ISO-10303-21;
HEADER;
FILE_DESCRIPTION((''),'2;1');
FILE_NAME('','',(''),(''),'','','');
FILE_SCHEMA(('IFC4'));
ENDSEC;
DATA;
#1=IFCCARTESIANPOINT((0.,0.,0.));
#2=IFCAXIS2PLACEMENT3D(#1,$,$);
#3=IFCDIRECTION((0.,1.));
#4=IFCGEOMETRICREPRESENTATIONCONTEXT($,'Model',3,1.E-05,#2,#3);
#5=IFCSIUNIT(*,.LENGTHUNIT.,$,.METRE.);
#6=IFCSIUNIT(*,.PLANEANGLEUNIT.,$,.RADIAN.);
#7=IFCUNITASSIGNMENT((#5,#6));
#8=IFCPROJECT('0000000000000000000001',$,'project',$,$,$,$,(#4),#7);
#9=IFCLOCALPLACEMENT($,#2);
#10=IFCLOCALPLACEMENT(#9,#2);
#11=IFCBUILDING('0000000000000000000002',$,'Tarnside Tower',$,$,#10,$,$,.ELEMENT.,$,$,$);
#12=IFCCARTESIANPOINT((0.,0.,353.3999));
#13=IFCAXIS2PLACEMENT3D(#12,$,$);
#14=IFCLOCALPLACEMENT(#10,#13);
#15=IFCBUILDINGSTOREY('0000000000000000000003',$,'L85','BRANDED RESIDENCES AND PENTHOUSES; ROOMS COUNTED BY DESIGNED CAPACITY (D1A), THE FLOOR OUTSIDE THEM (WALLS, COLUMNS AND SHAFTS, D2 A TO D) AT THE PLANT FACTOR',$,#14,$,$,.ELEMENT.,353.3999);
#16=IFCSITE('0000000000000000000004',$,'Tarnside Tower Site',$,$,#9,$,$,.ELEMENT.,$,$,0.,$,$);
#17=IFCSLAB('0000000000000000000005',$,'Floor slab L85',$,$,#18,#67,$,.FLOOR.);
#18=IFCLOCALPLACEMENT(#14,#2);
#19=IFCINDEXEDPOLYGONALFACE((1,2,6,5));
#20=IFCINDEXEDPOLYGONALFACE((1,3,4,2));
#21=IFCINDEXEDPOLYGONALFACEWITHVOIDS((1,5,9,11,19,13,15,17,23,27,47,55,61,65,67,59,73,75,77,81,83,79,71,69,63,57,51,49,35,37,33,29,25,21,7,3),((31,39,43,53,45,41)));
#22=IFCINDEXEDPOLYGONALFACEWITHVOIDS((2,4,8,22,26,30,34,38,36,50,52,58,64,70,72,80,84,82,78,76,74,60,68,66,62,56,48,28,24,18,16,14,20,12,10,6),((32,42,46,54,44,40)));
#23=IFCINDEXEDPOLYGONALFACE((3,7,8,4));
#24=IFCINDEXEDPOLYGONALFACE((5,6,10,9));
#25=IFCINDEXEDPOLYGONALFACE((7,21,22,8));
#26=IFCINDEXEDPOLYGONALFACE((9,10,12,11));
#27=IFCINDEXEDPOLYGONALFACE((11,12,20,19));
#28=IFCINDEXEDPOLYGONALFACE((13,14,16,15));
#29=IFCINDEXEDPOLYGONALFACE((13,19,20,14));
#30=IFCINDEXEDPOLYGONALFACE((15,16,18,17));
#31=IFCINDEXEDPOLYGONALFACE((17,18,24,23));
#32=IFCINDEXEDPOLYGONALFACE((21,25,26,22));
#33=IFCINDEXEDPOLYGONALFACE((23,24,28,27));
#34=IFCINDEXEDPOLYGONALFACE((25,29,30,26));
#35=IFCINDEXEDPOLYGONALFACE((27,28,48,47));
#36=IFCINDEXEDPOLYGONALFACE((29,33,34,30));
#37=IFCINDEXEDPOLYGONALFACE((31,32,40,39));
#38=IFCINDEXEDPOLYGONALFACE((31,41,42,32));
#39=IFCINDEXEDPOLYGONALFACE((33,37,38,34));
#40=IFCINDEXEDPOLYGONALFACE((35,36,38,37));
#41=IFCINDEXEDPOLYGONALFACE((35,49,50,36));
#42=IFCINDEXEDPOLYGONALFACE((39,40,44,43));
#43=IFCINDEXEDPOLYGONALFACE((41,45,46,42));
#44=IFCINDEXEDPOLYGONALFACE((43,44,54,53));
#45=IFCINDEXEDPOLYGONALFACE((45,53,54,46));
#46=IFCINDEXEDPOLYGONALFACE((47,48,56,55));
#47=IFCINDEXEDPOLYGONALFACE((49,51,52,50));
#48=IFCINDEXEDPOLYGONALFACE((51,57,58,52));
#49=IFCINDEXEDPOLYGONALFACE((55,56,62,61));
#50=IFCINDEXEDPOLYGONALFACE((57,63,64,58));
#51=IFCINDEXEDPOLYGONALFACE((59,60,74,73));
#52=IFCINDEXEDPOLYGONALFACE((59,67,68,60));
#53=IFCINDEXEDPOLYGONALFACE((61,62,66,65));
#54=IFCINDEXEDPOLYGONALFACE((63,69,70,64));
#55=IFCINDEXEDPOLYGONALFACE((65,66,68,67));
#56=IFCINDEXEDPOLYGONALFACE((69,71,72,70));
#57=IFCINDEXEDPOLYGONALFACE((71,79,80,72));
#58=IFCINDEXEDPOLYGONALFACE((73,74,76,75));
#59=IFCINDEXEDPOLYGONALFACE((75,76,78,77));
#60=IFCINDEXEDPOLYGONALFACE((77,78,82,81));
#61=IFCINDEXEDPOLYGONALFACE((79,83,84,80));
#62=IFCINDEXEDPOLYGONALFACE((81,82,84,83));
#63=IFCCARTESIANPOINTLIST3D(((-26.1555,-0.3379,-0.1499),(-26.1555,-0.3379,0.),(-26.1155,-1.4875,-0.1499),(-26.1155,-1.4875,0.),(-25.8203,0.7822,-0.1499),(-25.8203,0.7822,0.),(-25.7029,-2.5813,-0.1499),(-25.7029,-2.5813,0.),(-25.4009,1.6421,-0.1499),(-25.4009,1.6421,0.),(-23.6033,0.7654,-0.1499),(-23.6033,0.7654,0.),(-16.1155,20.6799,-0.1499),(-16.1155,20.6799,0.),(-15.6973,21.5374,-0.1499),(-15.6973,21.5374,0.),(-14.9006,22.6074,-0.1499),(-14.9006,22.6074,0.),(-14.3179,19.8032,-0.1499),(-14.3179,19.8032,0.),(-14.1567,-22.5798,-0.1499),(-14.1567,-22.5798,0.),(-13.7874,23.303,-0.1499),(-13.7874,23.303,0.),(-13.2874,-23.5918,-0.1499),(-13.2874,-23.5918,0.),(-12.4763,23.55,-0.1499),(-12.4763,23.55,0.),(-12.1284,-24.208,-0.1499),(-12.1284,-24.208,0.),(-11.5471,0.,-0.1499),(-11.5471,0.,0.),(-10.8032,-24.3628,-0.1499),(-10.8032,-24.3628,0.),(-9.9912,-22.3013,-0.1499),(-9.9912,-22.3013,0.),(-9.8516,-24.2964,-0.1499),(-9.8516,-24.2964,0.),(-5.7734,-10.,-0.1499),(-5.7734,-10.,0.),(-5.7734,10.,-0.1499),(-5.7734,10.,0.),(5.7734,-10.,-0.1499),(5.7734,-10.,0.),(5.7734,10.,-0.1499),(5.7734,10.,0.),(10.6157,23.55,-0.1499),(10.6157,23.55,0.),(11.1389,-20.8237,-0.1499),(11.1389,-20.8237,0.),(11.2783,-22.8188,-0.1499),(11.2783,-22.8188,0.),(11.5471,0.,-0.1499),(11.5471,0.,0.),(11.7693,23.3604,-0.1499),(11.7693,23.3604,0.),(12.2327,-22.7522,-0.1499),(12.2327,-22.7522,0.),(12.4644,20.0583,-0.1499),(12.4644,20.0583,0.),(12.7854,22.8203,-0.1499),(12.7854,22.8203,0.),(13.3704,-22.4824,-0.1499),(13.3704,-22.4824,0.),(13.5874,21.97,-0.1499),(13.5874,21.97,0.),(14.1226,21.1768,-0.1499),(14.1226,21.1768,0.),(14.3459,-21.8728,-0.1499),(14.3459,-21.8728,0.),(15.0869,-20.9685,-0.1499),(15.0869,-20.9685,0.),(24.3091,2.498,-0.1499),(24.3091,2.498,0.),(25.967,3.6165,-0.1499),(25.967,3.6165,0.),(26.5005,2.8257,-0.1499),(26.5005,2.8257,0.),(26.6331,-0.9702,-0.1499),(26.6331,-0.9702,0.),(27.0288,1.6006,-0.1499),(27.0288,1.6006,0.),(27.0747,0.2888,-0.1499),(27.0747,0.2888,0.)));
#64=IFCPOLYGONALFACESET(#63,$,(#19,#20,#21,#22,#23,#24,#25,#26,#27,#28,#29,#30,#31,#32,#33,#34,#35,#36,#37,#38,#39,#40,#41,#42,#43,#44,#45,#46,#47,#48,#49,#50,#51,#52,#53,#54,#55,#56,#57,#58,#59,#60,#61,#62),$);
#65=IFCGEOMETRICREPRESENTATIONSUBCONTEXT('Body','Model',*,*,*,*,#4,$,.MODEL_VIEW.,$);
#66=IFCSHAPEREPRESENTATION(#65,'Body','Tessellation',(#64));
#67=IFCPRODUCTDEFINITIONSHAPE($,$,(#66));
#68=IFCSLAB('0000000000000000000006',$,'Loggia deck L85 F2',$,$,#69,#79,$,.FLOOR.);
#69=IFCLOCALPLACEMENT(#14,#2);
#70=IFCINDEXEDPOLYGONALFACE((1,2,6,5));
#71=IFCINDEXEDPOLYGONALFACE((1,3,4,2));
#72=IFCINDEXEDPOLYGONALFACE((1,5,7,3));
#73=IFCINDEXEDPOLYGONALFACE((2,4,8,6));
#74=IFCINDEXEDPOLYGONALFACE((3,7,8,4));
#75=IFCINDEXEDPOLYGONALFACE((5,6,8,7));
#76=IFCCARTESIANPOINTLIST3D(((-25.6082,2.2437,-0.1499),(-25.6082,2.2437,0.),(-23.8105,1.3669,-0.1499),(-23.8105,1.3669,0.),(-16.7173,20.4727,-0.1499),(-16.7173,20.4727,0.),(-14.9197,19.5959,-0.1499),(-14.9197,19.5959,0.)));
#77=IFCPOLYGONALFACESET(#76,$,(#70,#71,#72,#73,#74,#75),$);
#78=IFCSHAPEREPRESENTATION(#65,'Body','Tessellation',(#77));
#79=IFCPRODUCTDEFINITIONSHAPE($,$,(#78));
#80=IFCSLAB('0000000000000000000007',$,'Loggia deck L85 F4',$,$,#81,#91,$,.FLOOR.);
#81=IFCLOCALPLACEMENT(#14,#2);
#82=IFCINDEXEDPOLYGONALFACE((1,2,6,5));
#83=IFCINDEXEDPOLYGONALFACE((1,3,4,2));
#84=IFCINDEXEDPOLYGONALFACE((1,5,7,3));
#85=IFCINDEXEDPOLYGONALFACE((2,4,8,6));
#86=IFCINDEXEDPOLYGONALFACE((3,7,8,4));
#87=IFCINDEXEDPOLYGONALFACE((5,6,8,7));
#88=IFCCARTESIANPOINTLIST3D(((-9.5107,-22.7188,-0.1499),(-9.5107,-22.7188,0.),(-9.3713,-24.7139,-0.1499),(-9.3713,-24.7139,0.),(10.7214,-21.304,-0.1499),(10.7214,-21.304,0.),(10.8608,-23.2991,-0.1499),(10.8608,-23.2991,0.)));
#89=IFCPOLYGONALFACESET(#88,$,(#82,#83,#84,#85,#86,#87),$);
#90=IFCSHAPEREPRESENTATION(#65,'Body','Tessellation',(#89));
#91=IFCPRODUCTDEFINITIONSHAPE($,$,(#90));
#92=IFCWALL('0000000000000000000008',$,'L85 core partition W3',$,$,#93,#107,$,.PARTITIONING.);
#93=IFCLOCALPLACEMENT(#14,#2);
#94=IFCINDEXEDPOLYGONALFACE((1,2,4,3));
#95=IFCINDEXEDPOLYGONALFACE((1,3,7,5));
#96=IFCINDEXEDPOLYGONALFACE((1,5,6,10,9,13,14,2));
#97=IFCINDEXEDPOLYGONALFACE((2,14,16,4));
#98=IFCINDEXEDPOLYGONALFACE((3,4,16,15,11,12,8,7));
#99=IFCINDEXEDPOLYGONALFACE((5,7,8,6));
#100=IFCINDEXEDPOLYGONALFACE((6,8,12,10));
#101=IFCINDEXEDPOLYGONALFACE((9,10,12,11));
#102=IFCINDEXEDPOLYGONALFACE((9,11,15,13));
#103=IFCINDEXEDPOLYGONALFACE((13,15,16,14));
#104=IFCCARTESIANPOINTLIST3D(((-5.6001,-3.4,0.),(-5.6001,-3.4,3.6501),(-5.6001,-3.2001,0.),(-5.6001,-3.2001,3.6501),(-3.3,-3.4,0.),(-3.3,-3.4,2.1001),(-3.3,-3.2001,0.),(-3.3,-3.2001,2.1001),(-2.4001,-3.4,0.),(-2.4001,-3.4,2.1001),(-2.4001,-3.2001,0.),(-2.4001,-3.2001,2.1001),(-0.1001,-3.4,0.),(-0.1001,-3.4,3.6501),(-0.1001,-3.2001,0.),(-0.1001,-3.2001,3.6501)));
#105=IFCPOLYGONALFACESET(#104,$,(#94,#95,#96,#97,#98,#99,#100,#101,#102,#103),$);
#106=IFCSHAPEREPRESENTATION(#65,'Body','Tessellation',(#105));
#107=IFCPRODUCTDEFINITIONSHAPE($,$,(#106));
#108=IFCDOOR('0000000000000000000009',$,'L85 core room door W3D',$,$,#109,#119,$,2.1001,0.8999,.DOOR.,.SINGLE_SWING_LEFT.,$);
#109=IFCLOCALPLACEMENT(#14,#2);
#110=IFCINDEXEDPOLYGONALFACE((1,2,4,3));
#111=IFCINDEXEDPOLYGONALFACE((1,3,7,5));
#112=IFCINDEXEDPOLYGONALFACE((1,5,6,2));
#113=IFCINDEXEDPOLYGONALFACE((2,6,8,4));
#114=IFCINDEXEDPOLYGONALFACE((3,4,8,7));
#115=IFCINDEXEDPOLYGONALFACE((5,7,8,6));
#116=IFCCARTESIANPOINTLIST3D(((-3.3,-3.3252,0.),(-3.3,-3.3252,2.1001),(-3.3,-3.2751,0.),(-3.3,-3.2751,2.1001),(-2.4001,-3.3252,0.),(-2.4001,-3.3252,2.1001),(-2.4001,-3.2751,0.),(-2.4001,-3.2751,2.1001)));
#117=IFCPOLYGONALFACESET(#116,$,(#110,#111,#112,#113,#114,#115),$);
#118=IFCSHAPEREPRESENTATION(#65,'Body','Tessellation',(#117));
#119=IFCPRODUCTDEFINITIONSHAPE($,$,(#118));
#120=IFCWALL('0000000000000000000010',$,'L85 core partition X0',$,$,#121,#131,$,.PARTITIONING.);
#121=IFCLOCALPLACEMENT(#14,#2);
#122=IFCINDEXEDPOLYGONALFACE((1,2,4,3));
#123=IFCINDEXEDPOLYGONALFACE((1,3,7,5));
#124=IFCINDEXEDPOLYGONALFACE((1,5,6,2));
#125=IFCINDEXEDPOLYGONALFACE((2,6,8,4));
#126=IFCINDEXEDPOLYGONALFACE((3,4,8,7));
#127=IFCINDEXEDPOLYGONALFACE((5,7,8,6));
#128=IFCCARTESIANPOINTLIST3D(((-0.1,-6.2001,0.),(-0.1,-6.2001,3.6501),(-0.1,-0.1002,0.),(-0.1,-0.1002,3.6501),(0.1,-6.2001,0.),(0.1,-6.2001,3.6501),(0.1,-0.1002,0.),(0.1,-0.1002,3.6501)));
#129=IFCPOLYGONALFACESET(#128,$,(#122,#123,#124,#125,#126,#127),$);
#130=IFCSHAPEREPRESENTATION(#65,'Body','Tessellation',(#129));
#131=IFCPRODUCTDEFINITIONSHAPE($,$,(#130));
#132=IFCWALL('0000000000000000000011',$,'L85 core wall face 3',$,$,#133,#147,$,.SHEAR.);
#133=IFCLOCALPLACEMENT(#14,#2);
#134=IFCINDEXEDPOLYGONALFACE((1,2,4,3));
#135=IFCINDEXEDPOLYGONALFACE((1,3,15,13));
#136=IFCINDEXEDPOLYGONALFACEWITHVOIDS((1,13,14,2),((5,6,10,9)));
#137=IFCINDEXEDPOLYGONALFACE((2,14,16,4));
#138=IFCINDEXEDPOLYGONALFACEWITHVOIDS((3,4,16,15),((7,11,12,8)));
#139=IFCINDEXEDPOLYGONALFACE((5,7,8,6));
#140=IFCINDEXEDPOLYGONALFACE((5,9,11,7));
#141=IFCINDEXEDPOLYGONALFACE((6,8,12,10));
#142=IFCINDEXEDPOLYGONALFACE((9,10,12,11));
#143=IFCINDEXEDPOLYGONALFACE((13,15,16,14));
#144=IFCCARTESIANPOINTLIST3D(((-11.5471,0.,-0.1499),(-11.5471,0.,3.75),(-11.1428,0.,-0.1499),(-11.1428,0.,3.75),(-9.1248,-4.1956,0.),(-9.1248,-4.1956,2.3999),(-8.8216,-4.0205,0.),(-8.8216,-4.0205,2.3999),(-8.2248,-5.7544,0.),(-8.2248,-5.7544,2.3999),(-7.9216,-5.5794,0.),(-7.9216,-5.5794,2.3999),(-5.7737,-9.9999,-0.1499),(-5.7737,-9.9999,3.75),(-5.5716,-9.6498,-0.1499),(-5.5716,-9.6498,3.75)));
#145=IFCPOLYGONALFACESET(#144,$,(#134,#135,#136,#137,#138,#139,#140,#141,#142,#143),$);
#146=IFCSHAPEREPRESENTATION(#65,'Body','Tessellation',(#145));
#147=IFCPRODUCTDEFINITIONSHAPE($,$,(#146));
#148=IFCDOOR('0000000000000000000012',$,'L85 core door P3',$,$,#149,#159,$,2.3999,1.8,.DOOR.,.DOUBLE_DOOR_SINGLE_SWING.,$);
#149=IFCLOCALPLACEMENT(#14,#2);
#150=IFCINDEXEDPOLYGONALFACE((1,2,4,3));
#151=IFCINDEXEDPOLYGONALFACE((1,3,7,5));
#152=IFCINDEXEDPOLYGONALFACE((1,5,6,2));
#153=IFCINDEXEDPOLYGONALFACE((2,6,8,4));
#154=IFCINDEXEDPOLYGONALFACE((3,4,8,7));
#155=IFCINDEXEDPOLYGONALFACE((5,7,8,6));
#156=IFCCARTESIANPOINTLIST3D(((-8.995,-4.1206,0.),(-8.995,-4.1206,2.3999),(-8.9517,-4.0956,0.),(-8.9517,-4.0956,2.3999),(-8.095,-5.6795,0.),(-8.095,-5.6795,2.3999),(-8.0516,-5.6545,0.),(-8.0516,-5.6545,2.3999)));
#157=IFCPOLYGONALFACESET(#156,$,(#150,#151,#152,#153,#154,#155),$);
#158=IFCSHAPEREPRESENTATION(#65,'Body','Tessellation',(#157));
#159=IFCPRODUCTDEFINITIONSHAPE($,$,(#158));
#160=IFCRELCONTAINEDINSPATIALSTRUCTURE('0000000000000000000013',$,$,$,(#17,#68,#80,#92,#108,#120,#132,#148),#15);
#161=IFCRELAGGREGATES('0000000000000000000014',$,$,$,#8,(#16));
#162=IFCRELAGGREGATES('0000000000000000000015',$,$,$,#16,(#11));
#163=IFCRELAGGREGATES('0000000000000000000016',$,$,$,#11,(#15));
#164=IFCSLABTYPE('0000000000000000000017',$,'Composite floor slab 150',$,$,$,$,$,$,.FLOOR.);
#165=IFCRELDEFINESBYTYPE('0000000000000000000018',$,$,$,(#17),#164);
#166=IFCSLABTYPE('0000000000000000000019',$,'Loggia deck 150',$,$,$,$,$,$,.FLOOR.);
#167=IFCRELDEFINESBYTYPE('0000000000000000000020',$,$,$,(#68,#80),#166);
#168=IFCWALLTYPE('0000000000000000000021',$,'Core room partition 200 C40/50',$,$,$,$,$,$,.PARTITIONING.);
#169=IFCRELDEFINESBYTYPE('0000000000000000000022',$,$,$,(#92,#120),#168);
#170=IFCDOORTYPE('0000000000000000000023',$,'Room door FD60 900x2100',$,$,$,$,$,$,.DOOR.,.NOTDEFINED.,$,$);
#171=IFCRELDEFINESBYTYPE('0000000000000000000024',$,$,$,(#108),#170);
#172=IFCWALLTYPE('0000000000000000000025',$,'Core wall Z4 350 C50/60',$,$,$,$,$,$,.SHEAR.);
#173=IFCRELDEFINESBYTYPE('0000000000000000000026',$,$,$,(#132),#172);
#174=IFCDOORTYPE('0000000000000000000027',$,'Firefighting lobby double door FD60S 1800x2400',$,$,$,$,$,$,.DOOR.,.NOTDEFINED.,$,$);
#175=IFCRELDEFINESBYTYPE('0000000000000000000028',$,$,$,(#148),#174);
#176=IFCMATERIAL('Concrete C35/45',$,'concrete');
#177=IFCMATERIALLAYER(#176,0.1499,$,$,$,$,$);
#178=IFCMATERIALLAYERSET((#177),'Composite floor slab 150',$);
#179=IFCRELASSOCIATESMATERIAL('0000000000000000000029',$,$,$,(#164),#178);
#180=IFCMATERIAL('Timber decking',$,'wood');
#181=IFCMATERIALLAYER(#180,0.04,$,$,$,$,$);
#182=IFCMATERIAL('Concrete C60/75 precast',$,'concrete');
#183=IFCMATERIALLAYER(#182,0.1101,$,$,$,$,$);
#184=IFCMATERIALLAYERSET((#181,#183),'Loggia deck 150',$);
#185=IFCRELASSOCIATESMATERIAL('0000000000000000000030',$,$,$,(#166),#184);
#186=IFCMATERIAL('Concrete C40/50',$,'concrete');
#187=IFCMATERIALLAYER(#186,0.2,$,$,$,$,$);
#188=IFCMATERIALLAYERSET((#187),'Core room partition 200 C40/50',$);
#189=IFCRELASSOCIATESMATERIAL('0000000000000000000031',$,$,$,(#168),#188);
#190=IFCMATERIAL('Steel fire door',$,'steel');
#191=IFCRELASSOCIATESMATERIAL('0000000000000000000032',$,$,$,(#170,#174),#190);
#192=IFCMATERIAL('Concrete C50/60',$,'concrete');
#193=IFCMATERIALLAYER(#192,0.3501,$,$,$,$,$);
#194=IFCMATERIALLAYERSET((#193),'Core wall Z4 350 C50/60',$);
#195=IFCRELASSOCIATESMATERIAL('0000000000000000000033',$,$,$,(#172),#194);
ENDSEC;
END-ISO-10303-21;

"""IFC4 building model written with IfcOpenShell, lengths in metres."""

from ifc_helpers import new_model, si_unit, direction, frame, frame_2d, origin, place, context, subcontext, project, spatial, polyline, rectangle, outline, extrude, material, layer, layer_set, type_object, element, fill, save


model = new_model("IFC4")

# Units and contexts
model_context = context("Model", 3, precision=1e-05, world=origin(), true_north=direction((0.0, 1.0)))
body_context = subcontext(model_context, "Body", "Model", "MODEL_VIEW")
ifc_project = project(units=[si_unit("LENGTHUNIT", "METRE"), si_unit("PLANEANGLEUNIT", "RADIAN")], contexts=[model_context])

# Site, building, storey
site_placement = place(None, origin())
site = spatial("IfcSite", under=ifc_project, at=site_placement, Name="Tarnside Tower Site", CompositionType="ELEMENT", RefElevation=0.0)
building_placement = place(site_placement, origin())
building = spatial("IfcBuilding", under=site, at=building_placement, Name="Tarnside Tower", CompositionType="ELEMENT")
storey_placement = place(building_placement, frame((0.0, 0.0, 353.3999)))
storey = spatial("IfcBuildingStorey", under=building, at=storey_placement, Name="L85", Description="BRANDED RESIDENCES AND PENTHOUSES; ROOMS COUNTED BY DESIGNED CAPACITY (D1A), THE FLOOR OUTSIDE THEM (WALLS, COLUMNS AND SHAFTS, D2 A TO D) AT THE PLANT FACTOR", CompositionType="ELEMENT", Elevation=353.3999)

# Slabs
ifc_material_1 = material(Name="Concrete C35/45", Category="concrete")
ifc_layer_1 = layer(ifc_material_1, 0.1499)
ifc_layer_set_1 = layer_set([ifc_layer_1], Name="Composite floor slab 150")
slab_type_1 = type_object("IfcSlabType", Name="Composite floor slab 150", PredefinedType="FLOOR", material=ifc_layer_set_1)
slab_1_placement = place(storey_placement, frame((0.0, 0.0, -0.1499)))
element("IfcSlab", 1, at=slab_1_placement, inside=storey, type_object=slab_type_1, Name="Floor slab L85", PredefinedType="FLOOR", context=body_context, shape_type="SweptSolid", body=[
    extrude(outline(polyline([(11.7693, 23.3604), (12.7854, 22.8203), (13.5874, 21.97), (14.1226, 21.1768), (12.4644, 20.0583), (24.3091, 2.498), (25.967, 3.6165), (26.5005, 2.8257), (27.0288, 1.6006), (27.0747, 0.2888), (26.6331, -0.9702), (15.0869, -20.9685), (14.3459, -21.8728), (13.3704, -22.4824), (12.2327, -22.7522), (11.2783, -22.8188), (11.1389, -20.8237), (-9.9912, -22.3013), (-9.8516, -24.2964), (-10.8032, -24.3628), (-12.1284, -24.208), (-13.2874, -23.5918), (-14.1567, -22.5798), (-25.7029, -2.5813), (-26.1155, -1.4875), (-26.1555, -0.3379), (-25.8203, 0.7822), (-25.4009, 1.6421), (-23.6033, 0.7654), (-14.3179, 19.8032), (-16.1155, 20.6799), (-15.6973, 21.5374), (-14.9006, 22.6074), (-13.7874, 23.303), (-12.4763, 23.55), (10.6157, 23.55), (11.7693, 23.3604)]), holes=[polyline([(-11.5471, 0.0), (-5.7734, -10.0), (5.7734, -10.0), (11.5471, 0.0), (5.7734, 10.0), (-5.7734, 10.0), (-11.5471, 0.0)])]), origin(), (0.0, 0.0, 1.0), 0.1499),
])
ifc_material_2 = material(Name="Timber decking", Category="wood")
ifc_layer_2 = layer(ifc_material_2, 0.04)
ifc_material_3 = material(Name="Concrete C60/75 precast", Category="concrete")
ifc_layer_3 = layer(ifc_material_3, 0.1101)
ifc_layer_set_2 = layer_set([ifc_layer_2, ifc_layer_3], Name="Loggia deck 150")
slab_type_2 = type_object("IfcSlabType", Name="Loggia deck 150", PredefinedType="FLOOR", material=ifc_layer_set_2)
slab_2_placement = place(storey_placement, frame((0.0, 0.0, -0.1499)))
element("IfcSlab", 2, at=slab_2_placement, inside=storey, type_object=slab_type_2, Name="Loggia deck L85 F2", PredefinedType="FLOOR", context=body_context, shape_type="SweptSolid", body=[
    extrude(outline(polyline([(-14.9197, 19.5959), (-23.8105, 1.3669), (-25.6082, 2.2437), (-16.7173, 20.4727), (-14.9197, 19.5959)])), origin(), (0.0, 0.0, 1.0), 0.1499),
])
slab_3_placement = place(storey_placement, frame((0.0, 0.0, -0.1499)))
element("IfcSlab", 3, at=slab_3_placement, inside=storey, type_object=slab_type_2, Name="Loggia deck L85 F4", PredefinedType="FLOOR", context=body_context, shape_type="SweptSolid", body=[
    extrude(outline(polyline([(-9.5107, -22.7188), (10.7214, -21.304), (10.8608, -23.2991), (-9.3713, -24.7139), (-9.5107, -22.7188)])), origin(), (0.0, 0.0, 1.0), 0.1499),
])

# Wall, opening, door
ifc_material_4 = material(Name="Concrete C40/50", Category="concrete")
ifc_layer_4 = layer(ifc_material_4, 0.2)
ifc_layer_set_3 = layer_set([ifc_layer_4], Name="Core room partition 200 C40/50")
wall_type_1 = type_object("IfcWallType", Name="Core room partition 200 C40/50", PredefinedType="PARTITIONING", material=ifc_layer_set_3)
wall_1_placement = place(storey_placement, frame((-5.6001, -3.3, 0.0), z_axis=(0.0, 0.0, 1.0), x_axis=(1.0, 0.0, 0.0)))
wall_1 = element("IfcWall", 4, at=wall_1_placement, inside=storey, type_object=wall_type_1, Name="L85 core partition W3", PredefinedType="PARTITIONING", context=body_context, shape_type="SweptSolid", body=[
    extrude(rectangle(XDim=5.5, YDim=0.2, at=frame_2d((2.75, 0.0))), origin(), (0.0, 0.0, 1.0), 3.6501),
])
opening_1_placement = place(wall_1_placement, frame((2.3, 0.0, 0.0)))
opening_1 = element("IfcOpeningElement", 5, at=opening_1_placement, cuts=wall_1, PredefinedType="OPENING", context=body_context, shape_type="SweptSolid", body=[
    extrude(rectangle(XDim=0.8999, YDim=2.1001, at=frame_2d((0.45, 1.05))), frame((0.0, 0.1099, 0.0), z_axis=(0.0, -1.0, 0.0), x_axis=(1.0, 0.0, 0.0)), (0.0, 0.0, 1.0), 0.22),
])
ifc_material_5 = material(Name="Steel fire door", Category="steel")
door_type_1 = type_object("IfcDoorType", Name="Room door FD60 900x2100", OperationType="NOTDEFINED", PredefinedType="DOOR", material=ifc_material_5)
door_1_placement = place(opening_1_placement, origin())
door_1 = element("IfcDoor", 6, at=door_1_placement, inside=storey, type_object=door_type_1, Name="L85 core room door W3D", OperationType="SINGLE_SWING_LEFT", OverallHeight=2.1001, OverallWidth=0.8999, PredefinedType="DOOR", context=body_context, shape_type="SweptSolid", body=[
    extrude(rectangle(XDim=0.8999, YDim=2.1001, at=frame_2d((0.45, 1.05))), frame((0.0, 0.0249, 0.0), z_axis=(0.0, -1.0, 0.0), x_axis=(1.0, 0.0, 0.0)), (0.0, 0.0, 1.0), 0.05),
])
fill(opening_1, door_1)

# Wall
wall_2_placement = place(storey_placement, frame((0.0, -6.2, 0.0), z_axis=(0.0, 0.0, 1.0), x_axis=(0.0, 1.0, 0.0)))
element("IfcWall", 7, at=wall_2_placement, inside=storey, type_object=wall_type_1, Name="L85 core partition X0", PredefinedType="PARTITIONING", context=body_context, shape_type="SweptSolid", body=[
    extrude(rectangle(XDim=6.0999, YDim=0.2, at=frame_2d((3.0498, 0.0))), origin(), (0.0, 0.0, 1.0), 3.6501),
])

# Wall, opening, door
ifc_material_6 = material(Name="Concrete C50/60", Category="concrete")
ifc_layer_5 = layer(ifc_material_6, 0.3501)
ifc_layer_set_4 = layer_set([ifc_layer_5], Name="Core wall Z4 350 C50/60")
wall_type_2 = type_object("IfcWallType", Name="Core wall Z4 350 C50/60", PredefinedType="SHEAR", material=ifc_layer_set_4)
wall_3_placement = place(storey_placement, frame((-11.345, 0.0, -0.1499), z_axis=(0.0, 0.0, 1.0), x_axis=(0.499995, -0.866028, 0.0)))
wall_3 = element("IfcWall", 8, at=wall_3_placement, inside=storey, type_object=wall_type_2, Name="L85 core wall face 3", PredefinedType="SHEAR", context=body_context, shape_type="SweptSolid", body=[
    extrude(outline(polyline([(-0.1011, -0.175), (11.4458, -0.175), (11.2437, 0.175), (0.1011, 0.175), (-0.1011, -0.175)])), origin(), (0.0, 0.0, 1.0), 3.8999),
])
opening_2_placement = place(wall_3_placement, frame((4.7437, 0.0, 0.1499)))
opening_2 = element("IfcOpeningElement", 9, at=opening_2_placement, cuts=wall_3, PredefinedType="OPENING", context=body_context, shape_type="SweptSolid", body=[
    extrude(rectangle(XDim=1.8, YDim=2.3999, at=frame_2d((0.8999, 1.2))), frame((0.0, 0.1851, 0.0), z_axis=(0.0, -1.0, 0.0), x_axis=(1.0, 0.0, 0.0)), (0.0, 0.0, 1.0), 0.3701),
])
door_type_2 = type_object("IfcDoorType", Name="Firefighting lobby double door FD60S 1800x2400", OperationType="NOTDEFINED", PredefinedType="DOOR", material=ifc_material_5)
door_2_placement = place(opening_2_placement, origin())
door_2 = element("IfcDoor", 10, at=door_2_placement, inside=storey, type_object=door_type_2, Name="L85 core door P3", OperationType="DOUBLE_DOOR_SINGLE_SWING", OverallHeight=2.3999, OverallWidth=1.8, PredefinedType="DOOR", context=body_context, shape_type="SweptSolid", body=[
    extrude(rectangle(XDim=1.8, YDim=2.3999, at=frame_2d((0.8999, 1.2))), frame((0.0, 0.0249, 0.0), z_axis=(0.0, -1.0, 0.0), x_axis=(1.0, 0.0, 0.0)), (0.0, 0.0, 1.0), 0.05),
])
fill(opening_2, door_2)

save(model, "model.ifc")
